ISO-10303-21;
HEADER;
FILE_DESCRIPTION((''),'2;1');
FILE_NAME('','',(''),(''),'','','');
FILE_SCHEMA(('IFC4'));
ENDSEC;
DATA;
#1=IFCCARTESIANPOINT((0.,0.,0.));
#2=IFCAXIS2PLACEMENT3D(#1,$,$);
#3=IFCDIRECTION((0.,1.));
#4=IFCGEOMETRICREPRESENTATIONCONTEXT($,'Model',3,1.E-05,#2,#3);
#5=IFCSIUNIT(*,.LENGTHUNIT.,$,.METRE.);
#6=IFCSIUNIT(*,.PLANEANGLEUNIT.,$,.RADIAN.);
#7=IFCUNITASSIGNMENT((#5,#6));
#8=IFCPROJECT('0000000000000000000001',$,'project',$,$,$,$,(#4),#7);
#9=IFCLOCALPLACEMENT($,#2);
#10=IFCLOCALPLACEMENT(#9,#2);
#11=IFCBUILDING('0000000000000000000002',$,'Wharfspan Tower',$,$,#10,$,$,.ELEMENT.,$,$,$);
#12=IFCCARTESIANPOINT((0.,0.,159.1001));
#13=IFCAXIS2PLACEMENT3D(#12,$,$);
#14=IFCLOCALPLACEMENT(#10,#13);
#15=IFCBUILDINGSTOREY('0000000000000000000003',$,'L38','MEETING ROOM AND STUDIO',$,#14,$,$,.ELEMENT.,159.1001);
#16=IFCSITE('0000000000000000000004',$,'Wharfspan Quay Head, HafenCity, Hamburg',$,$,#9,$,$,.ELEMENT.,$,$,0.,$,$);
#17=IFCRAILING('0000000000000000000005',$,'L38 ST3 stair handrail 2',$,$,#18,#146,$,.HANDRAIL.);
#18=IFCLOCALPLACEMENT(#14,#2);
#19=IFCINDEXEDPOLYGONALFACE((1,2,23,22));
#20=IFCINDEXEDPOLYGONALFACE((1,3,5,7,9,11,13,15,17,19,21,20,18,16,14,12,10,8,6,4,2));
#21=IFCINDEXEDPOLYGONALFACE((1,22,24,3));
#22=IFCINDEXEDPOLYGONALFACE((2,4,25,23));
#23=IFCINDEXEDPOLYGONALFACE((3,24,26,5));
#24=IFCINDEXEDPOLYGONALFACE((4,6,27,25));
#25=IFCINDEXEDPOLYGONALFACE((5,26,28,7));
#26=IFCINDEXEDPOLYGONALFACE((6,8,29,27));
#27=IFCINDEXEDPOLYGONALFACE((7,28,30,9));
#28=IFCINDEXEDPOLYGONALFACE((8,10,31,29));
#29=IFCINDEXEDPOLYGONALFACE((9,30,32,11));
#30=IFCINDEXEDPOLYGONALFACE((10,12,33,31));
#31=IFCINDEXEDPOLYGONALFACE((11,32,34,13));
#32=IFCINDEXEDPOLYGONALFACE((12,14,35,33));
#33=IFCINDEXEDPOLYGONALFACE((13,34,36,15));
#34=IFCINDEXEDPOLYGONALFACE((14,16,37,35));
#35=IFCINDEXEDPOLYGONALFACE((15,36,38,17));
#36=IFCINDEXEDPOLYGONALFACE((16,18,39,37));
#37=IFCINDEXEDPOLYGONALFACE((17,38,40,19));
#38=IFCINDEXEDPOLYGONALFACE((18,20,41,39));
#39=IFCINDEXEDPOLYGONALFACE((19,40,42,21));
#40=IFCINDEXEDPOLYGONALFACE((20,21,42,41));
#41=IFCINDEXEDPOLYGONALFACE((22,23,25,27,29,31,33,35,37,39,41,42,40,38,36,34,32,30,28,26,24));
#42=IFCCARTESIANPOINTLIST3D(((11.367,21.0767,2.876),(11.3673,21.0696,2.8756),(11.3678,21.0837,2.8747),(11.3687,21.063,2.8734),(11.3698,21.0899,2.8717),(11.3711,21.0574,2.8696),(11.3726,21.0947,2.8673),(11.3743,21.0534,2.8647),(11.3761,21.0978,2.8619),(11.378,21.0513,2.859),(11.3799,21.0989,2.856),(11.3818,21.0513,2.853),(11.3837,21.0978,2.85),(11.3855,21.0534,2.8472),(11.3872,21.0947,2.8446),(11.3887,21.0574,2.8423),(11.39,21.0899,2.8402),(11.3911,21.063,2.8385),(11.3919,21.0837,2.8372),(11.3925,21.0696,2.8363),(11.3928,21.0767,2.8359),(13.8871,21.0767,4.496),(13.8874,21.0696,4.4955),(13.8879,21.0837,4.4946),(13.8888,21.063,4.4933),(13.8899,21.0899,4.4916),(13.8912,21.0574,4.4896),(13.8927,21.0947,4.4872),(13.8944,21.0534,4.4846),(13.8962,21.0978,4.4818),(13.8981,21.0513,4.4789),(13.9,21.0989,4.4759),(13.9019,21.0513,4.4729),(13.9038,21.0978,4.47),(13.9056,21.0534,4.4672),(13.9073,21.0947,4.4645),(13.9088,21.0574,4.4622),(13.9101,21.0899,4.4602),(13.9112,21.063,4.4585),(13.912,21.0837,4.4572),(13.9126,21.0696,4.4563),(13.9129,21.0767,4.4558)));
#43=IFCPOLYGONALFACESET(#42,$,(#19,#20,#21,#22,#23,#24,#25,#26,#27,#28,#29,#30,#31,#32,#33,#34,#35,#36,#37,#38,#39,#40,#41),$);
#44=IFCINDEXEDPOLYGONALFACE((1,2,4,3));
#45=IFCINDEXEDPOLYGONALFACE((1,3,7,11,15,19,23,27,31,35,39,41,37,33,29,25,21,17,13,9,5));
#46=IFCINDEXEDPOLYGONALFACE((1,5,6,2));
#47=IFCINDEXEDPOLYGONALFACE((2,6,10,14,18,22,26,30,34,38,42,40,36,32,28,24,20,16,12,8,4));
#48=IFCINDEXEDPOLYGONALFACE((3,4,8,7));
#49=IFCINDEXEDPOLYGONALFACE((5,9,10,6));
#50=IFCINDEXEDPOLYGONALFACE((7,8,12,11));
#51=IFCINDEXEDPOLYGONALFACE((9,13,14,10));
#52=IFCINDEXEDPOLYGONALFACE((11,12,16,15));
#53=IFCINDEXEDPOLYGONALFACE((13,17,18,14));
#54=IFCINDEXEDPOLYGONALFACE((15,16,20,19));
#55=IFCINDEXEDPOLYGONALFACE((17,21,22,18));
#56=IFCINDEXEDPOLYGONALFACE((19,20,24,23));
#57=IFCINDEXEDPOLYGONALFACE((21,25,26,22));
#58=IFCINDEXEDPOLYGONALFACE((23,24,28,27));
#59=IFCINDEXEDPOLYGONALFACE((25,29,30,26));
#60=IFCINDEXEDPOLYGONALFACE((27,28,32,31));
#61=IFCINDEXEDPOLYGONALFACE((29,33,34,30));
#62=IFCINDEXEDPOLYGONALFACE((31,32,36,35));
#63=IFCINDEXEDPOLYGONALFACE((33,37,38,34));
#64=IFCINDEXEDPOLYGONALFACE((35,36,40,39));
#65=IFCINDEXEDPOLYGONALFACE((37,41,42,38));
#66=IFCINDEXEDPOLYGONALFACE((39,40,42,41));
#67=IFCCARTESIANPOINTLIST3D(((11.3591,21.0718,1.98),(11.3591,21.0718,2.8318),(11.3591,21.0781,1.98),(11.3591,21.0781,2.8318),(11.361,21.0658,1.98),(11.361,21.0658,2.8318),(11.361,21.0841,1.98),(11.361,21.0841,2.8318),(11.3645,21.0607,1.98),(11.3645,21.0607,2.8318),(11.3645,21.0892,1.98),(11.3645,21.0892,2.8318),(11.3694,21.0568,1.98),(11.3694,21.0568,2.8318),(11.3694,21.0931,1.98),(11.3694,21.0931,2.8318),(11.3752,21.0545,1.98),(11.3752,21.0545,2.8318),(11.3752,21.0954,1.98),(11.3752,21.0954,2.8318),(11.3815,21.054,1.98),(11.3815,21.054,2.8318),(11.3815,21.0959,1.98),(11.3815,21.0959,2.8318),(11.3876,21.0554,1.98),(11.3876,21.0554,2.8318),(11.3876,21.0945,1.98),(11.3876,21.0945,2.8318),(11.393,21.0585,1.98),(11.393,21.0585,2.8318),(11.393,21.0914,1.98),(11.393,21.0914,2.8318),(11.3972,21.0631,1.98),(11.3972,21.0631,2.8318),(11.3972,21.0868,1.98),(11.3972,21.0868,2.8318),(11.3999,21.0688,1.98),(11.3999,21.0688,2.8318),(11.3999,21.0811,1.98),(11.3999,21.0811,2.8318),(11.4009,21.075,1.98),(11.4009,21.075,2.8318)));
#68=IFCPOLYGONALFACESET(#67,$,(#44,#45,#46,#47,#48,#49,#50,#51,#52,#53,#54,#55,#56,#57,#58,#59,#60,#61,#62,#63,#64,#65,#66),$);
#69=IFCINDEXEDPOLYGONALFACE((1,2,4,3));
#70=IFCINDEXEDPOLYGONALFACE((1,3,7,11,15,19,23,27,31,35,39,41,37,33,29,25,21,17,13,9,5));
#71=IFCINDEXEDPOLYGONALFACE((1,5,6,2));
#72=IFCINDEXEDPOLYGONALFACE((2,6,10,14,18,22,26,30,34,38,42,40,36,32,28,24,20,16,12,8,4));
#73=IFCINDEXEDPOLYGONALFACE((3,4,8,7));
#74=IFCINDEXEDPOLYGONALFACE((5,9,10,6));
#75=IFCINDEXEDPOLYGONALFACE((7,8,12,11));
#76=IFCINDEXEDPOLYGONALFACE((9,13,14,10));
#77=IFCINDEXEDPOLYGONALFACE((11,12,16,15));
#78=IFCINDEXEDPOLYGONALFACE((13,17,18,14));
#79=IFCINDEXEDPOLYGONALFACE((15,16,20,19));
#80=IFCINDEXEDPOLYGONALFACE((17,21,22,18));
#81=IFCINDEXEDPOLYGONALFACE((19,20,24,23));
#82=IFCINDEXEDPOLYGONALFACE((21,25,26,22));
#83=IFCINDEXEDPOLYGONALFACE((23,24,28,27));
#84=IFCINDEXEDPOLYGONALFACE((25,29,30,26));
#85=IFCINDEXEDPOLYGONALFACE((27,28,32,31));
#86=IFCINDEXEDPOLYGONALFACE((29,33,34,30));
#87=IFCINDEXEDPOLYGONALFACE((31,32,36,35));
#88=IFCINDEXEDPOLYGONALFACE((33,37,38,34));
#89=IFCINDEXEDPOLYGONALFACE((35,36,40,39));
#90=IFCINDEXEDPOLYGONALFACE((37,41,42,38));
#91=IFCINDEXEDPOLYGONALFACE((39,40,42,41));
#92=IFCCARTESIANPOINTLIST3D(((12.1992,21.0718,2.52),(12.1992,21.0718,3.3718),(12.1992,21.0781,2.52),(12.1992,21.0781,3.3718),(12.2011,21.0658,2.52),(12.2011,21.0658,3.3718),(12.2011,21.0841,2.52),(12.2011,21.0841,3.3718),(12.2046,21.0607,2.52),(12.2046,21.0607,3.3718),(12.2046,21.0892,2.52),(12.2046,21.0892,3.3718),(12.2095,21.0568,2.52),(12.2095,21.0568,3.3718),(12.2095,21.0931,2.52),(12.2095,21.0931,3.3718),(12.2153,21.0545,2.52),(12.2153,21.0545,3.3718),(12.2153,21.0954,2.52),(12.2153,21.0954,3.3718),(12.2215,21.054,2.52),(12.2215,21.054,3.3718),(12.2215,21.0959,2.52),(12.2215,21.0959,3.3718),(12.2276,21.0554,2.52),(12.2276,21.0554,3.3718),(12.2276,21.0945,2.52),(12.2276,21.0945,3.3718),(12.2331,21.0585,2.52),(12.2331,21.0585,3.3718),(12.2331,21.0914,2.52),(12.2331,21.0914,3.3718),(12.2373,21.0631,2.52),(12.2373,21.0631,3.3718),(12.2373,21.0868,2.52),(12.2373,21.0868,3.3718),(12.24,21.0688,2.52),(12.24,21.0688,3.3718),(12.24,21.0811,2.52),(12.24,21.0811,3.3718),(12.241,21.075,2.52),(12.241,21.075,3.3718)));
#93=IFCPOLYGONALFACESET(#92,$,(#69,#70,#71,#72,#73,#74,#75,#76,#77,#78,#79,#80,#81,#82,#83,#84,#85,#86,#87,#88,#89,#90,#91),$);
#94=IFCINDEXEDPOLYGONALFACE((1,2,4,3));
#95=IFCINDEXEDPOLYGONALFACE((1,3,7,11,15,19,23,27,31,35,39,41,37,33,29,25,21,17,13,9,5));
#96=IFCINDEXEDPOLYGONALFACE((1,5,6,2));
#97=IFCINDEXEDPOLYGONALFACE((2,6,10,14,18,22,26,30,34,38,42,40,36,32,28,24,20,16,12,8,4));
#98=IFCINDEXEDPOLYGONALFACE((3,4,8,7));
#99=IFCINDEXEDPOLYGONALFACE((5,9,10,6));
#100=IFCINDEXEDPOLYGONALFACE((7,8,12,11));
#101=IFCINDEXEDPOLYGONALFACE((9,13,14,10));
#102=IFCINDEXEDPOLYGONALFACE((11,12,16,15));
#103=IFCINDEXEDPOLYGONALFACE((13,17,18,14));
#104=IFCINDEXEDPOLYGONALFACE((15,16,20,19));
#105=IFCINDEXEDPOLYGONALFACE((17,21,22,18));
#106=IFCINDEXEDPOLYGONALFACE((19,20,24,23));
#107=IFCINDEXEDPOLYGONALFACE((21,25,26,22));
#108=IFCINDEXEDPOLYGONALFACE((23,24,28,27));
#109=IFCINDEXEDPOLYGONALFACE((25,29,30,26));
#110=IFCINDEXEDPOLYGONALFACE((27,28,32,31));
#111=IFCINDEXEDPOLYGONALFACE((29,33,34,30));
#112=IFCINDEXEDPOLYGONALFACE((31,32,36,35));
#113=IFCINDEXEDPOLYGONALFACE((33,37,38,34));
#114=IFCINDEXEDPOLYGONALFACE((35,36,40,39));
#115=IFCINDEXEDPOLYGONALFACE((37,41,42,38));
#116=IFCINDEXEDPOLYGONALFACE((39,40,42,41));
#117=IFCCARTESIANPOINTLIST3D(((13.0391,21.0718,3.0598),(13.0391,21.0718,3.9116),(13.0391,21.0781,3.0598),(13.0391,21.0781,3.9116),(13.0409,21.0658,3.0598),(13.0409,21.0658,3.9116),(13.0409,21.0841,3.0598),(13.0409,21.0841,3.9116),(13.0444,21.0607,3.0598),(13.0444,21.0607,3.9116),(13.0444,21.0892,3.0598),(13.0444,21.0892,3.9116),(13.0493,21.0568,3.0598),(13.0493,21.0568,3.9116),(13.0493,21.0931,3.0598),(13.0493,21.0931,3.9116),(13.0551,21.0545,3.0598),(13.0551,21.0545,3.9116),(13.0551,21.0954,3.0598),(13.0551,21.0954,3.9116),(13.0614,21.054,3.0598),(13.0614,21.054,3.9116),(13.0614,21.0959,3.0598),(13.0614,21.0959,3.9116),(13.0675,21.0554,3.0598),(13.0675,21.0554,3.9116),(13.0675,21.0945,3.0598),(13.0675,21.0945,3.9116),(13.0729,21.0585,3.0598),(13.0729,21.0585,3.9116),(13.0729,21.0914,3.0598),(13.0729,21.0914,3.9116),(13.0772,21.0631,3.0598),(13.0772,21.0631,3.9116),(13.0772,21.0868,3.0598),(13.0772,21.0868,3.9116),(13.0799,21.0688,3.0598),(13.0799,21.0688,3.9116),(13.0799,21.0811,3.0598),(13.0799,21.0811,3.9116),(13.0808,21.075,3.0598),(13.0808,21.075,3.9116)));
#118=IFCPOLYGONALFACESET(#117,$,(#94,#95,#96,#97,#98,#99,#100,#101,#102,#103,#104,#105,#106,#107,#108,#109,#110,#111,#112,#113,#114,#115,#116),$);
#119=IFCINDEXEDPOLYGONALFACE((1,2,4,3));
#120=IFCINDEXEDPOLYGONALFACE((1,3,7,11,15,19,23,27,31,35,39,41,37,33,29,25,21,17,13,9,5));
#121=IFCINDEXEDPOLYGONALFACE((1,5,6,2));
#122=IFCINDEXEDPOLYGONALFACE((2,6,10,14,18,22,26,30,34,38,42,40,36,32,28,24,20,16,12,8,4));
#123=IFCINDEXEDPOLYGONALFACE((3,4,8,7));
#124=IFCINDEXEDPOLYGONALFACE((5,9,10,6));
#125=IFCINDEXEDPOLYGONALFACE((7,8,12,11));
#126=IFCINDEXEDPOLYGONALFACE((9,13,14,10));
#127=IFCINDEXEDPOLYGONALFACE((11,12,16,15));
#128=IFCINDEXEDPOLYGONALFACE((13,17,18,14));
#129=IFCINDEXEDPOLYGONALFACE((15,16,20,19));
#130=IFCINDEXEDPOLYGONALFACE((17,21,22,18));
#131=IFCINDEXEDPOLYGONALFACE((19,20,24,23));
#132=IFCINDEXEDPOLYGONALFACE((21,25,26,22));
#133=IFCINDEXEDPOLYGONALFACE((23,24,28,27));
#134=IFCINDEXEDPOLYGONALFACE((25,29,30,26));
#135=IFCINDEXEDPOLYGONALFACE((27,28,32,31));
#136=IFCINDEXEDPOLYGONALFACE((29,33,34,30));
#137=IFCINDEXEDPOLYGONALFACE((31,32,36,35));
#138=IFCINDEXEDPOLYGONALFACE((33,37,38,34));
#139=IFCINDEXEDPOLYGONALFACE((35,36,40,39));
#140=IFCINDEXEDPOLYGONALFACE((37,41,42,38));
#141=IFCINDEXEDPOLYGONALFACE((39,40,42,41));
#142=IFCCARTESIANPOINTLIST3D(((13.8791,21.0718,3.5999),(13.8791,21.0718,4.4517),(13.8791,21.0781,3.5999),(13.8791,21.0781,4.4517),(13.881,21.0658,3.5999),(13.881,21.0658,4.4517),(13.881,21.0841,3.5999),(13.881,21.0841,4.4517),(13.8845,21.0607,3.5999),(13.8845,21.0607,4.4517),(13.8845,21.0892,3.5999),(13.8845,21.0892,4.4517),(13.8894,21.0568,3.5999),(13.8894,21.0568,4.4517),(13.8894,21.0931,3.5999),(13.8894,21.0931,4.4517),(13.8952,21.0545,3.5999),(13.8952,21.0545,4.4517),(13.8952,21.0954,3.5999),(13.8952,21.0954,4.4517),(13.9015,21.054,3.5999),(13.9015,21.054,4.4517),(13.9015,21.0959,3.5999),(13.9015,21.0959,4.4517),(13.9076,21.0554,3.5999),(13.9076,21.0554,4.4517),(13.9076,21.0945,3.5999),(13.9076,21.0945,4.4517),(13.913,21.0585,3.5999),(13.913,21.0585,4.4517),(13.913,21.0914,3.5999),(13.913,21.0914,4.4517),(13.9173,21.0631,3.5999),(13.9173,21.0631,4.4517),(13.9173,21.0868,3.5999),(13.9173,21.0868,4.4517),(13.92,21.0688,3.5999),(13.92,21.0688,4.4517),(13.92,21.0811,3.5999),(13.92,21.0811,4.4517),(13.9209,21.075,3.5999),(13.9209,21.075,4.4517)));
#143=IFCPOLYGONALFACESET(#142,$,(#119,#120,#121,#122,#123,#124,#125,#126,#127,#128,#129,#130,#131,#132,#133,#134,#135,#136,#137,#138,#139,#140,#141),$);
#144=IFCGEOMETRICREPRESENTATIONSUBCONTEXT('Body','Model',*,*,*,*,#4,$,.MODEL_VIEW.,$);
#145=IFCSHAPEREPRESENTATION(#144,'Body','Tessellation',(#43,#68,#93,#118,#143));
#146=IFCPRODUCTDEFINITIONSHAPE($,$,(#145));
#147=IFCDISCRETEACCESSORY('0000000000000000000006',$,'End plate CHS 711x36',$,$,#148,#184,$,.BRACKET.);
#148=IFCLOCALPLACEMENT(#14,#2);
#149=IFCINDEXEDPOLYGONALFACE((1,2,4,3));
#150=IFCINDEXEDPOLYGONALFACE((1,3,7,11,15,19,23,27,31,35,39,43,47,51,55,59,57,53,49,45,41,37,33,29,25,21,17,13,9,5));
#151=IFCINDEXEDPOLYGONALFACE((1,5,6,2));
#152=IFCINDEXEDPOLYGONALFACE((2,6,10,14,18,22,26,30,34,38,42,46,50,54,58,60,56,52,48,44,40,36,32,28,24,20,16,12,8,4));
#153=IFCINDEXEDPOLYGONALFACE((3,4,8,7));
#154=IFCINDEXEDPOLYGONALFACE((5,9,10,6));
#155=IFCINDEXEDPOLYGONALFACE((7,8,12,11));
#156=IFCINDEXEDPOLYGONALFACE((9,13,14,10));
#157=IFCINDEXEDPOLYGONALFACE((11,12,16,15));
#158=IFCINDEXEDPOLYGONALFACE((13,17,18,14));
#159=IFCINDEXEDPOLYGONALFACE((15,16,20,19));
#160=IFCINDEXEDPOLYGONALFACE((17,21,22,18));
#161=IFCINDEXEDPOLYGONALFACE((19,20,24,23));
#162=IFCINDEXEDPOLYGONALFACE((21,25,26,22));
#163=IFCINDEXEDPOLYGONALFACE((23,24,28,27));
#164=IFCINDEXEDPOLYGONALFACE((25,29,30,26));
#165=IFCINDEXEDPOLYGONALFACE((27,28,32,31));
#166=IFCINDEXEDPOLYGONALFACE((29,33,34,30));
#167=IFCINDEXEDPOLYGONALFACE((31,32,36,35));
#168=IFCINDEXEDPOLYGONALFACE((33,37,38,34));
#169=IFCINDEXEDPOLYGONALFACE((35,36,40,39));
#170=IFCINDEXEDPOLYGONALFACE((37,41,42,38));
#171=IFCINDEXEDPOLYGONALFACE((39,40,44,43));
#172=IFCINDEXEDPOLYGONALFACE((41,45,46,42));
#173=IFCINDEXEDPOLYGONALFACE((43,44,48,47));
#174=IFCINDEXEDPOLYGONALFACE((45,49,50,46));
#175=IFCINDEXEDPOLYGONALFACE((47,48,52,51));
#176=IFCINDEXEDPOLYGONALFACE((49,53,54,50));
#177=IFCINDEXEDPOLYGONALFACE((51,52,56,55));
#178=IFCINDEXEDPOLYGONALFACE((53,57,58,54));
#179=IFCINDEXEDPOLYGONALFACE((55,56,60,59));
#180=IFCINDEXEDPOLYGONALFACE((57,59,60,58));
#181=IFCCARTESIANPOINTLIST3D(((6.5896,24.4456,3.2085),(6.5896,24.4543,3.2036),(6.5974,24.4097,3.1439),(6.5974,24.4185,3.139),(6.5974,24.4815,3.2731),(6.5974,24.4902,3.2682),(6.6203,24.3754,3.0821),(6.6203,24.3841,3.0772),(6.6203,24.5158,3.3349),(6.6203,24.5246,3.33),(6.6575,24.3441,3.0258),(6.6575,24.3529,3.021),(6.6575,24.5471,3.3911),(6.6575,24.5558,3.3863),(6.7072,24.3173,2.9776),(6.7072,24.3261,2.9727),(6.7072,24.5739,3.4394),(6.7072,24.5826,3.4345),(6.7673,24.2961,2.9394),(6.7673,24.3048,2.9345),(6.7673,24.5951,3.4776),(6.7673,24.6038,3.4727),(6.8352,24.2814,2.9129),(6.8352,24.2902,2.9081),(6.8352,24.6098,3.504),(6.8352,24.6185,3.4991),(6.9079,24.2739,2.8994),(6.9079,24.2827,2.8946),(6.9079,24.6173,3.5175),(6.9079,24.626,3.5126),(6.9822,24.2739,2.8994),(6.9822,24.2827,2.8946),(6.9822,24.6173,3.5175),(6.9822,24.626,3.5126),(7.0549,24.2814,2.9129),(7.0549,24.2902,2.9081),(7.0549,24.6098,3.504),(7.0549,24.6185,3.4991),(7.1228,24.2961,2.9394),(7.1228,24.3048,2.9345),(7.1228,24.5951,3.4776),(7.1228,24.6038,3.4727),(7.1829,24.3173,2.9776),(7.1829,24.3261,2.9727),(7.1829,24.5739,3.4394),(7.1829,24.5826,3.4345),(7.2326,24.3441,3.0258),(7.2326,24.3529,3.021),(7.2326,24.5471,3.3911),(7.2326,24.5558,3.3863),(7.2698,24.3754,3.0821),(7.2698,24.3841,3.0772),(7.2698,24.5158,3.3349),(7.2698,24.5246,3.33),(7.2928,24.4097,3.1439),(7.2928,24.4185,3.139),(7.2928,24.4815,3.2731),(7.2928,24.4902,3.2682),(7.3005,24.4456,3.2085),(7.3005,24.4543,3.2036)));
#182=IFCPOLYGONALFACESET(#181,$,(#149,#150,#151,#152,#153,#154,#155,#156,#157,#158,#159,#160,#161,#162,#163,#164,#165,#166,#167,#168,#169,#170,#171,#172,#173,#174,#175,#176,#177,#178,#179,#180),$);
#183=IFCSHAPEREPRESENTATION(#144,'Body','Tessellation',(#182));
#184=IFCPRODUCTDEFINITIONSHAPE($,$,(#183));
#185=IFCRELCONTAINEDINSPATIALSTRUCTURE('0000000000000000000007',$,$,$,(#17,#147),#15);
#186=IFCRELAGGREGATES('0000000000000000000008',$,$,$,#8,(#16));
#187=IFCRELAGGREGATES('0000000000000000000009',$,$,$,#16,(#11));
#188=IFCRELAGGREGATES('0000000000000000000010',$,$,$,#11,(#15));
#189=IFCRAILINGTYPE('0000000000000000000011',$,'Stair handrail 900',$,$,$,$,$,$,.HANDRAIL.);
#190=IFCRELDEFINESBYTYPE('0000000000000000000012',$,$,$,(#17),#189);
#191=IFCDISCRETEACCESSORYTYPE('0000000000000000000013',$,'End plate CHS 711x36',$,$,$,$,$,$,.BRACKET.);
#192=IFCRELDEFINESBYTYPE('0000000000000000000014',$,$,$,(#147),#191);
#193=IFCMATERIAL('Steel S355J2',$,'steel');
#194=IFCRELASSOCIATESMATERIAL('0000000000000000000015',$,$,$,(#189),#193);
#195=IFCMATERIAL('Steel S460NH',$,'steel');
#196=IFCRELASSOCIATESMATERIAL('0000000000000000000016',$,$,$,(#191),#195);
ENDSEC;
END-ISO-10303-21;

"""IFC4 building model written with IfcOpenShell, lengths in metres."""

from ifc_helpers import new_model, si_unit, direction, frame, origin, origin_2d, place, context, subcontext, project, spatial, circle, extrude, material, material_profile, profile_set, type_object, element, save


model = new_model("IFC4")

# Units and contexts
model_context = context("Model", 3, precision=1e-05, world=origin(), true_north=direction((0.0, 1.0)))
body_context = subcontext(model_context, "Body", "Model", "MODEL_VIEW")
ifc_project = project(units=[si_unit("LENGTHUNIT", "METRE"), si_unit("PLANEANGLEUNIT", "RADIAN")], contexts=[model_context])

# Site, building, storey
site_placement = place(None, origin())
site = spatial("IfcSite", under=ifc_project, at=site_placement, Name="Wharfspan Quay Head, HafenCity, Hamburg", CompositionType="ELEMENT", RefElevation=0.0)
building_placement = place(site_placement, origin())
building = spatial("IfcBuilding", under=site, at=building_placement, Name="Wharfspan Tower", CompositionType="ELEMENT")
storey_placement = place(building_placement, frame((0.0, 0.0, 159.1001)))
storey = spatial("IfcBuildingStorey", under=building, at=storey_placement, Name="L38", Description="MEETING ROOM AND STUDIO", CompositionType="ELEMENT", Elevation=159.1001)

# Shared definitions
ifc_material_1 = material(Name="Steel S355J2", Category="steel")

# Shared definitions
ifc_material_2 = material(Name="Steel S460NH", Category="steel")

# Railing
railing_type = type_object("IfcRailingType", Name="Stair handrail 900", PredefinedType="HANDRAIL", material=ifc_material_1)
railing_placement = place(storey_placement, frame((11.3799, 21.075, 1.98)))
element("IfcRailing", 1, at=railing_placement, inside=storey, type_object=railing_type, Name="L38 ST3 stair handrail 2", PredefinedType="HANDRAIL", context=body_context, shape_type="SweptSolid", body=[
    extrude(circle(Radius=0.0239, at=origin_2d()), frame((0.0, 0.0, 0.876), z_axis=(0.8412, 0.0, 0.540725), x_axis=(0.0, 1.0, 0.0)), (0.0, 0.0, 1.0), 2.9958),
    extrude(circle(Radius=0.021, at=origin_2d()), origin(), (0.0, 0.0, 1.0), 0.8518),
    extrude(circle(Radius=0.021, at=origin_2d()), frame((0.8401, 0.0, 0.54)), (0.0, 0.0, 1.0), 0.8518),
    extrude(circle(Radius=0.021, at=origin_2d()), frame((1.6799, 0.0, 1.0798)), (0.0, 0.0, 1.0), 0.8518),
    extrude(circle(Radius=0.021, at=origin_2d()), frame((2.52, 0.0, 1.6199)), (0.0, 0.0, 1.0), 0.8518),
])

# Discrete accessory
ifc_material_profile_1 = material_profile(ifc_material_2, circle(Radius=0.3555, at=origin_2d()))
ifc_profile_set_1 = profile_set([ifc_material_profile_1], Name="Steel S460NH")
discrete_accessory_type = type_object("IfcDiscreteAccessoryType", Name="End plate CHS 711x36", PredefinedType="BRACKET", material=ifc_profile_set_1)
for number, where, z_axis, x_axis, name in (
    (2, (6.9451, 24.4543, 3.2036), (0.0, -0.874157, 0.485643), (1.0, 0.0, 0.0), "End plate CHS 711x36"),
):
    element("IfcDiscreteAccessory", number, at=place(storey_placement, frame(where, z_axis=z_axis, x_axis=x_axis)), inside=storey, type_object=discrete_accessory_type, Name=name, PredefinedType="BRACKET", context=body_context, shape_type="SweptSolid", body=[
        extrude(circle(Radius=0.3555, at=origin_2d()), origin(), (0.0, 0.0, 1.0), 0.01),
    ])

save(model, "model.ifc")
